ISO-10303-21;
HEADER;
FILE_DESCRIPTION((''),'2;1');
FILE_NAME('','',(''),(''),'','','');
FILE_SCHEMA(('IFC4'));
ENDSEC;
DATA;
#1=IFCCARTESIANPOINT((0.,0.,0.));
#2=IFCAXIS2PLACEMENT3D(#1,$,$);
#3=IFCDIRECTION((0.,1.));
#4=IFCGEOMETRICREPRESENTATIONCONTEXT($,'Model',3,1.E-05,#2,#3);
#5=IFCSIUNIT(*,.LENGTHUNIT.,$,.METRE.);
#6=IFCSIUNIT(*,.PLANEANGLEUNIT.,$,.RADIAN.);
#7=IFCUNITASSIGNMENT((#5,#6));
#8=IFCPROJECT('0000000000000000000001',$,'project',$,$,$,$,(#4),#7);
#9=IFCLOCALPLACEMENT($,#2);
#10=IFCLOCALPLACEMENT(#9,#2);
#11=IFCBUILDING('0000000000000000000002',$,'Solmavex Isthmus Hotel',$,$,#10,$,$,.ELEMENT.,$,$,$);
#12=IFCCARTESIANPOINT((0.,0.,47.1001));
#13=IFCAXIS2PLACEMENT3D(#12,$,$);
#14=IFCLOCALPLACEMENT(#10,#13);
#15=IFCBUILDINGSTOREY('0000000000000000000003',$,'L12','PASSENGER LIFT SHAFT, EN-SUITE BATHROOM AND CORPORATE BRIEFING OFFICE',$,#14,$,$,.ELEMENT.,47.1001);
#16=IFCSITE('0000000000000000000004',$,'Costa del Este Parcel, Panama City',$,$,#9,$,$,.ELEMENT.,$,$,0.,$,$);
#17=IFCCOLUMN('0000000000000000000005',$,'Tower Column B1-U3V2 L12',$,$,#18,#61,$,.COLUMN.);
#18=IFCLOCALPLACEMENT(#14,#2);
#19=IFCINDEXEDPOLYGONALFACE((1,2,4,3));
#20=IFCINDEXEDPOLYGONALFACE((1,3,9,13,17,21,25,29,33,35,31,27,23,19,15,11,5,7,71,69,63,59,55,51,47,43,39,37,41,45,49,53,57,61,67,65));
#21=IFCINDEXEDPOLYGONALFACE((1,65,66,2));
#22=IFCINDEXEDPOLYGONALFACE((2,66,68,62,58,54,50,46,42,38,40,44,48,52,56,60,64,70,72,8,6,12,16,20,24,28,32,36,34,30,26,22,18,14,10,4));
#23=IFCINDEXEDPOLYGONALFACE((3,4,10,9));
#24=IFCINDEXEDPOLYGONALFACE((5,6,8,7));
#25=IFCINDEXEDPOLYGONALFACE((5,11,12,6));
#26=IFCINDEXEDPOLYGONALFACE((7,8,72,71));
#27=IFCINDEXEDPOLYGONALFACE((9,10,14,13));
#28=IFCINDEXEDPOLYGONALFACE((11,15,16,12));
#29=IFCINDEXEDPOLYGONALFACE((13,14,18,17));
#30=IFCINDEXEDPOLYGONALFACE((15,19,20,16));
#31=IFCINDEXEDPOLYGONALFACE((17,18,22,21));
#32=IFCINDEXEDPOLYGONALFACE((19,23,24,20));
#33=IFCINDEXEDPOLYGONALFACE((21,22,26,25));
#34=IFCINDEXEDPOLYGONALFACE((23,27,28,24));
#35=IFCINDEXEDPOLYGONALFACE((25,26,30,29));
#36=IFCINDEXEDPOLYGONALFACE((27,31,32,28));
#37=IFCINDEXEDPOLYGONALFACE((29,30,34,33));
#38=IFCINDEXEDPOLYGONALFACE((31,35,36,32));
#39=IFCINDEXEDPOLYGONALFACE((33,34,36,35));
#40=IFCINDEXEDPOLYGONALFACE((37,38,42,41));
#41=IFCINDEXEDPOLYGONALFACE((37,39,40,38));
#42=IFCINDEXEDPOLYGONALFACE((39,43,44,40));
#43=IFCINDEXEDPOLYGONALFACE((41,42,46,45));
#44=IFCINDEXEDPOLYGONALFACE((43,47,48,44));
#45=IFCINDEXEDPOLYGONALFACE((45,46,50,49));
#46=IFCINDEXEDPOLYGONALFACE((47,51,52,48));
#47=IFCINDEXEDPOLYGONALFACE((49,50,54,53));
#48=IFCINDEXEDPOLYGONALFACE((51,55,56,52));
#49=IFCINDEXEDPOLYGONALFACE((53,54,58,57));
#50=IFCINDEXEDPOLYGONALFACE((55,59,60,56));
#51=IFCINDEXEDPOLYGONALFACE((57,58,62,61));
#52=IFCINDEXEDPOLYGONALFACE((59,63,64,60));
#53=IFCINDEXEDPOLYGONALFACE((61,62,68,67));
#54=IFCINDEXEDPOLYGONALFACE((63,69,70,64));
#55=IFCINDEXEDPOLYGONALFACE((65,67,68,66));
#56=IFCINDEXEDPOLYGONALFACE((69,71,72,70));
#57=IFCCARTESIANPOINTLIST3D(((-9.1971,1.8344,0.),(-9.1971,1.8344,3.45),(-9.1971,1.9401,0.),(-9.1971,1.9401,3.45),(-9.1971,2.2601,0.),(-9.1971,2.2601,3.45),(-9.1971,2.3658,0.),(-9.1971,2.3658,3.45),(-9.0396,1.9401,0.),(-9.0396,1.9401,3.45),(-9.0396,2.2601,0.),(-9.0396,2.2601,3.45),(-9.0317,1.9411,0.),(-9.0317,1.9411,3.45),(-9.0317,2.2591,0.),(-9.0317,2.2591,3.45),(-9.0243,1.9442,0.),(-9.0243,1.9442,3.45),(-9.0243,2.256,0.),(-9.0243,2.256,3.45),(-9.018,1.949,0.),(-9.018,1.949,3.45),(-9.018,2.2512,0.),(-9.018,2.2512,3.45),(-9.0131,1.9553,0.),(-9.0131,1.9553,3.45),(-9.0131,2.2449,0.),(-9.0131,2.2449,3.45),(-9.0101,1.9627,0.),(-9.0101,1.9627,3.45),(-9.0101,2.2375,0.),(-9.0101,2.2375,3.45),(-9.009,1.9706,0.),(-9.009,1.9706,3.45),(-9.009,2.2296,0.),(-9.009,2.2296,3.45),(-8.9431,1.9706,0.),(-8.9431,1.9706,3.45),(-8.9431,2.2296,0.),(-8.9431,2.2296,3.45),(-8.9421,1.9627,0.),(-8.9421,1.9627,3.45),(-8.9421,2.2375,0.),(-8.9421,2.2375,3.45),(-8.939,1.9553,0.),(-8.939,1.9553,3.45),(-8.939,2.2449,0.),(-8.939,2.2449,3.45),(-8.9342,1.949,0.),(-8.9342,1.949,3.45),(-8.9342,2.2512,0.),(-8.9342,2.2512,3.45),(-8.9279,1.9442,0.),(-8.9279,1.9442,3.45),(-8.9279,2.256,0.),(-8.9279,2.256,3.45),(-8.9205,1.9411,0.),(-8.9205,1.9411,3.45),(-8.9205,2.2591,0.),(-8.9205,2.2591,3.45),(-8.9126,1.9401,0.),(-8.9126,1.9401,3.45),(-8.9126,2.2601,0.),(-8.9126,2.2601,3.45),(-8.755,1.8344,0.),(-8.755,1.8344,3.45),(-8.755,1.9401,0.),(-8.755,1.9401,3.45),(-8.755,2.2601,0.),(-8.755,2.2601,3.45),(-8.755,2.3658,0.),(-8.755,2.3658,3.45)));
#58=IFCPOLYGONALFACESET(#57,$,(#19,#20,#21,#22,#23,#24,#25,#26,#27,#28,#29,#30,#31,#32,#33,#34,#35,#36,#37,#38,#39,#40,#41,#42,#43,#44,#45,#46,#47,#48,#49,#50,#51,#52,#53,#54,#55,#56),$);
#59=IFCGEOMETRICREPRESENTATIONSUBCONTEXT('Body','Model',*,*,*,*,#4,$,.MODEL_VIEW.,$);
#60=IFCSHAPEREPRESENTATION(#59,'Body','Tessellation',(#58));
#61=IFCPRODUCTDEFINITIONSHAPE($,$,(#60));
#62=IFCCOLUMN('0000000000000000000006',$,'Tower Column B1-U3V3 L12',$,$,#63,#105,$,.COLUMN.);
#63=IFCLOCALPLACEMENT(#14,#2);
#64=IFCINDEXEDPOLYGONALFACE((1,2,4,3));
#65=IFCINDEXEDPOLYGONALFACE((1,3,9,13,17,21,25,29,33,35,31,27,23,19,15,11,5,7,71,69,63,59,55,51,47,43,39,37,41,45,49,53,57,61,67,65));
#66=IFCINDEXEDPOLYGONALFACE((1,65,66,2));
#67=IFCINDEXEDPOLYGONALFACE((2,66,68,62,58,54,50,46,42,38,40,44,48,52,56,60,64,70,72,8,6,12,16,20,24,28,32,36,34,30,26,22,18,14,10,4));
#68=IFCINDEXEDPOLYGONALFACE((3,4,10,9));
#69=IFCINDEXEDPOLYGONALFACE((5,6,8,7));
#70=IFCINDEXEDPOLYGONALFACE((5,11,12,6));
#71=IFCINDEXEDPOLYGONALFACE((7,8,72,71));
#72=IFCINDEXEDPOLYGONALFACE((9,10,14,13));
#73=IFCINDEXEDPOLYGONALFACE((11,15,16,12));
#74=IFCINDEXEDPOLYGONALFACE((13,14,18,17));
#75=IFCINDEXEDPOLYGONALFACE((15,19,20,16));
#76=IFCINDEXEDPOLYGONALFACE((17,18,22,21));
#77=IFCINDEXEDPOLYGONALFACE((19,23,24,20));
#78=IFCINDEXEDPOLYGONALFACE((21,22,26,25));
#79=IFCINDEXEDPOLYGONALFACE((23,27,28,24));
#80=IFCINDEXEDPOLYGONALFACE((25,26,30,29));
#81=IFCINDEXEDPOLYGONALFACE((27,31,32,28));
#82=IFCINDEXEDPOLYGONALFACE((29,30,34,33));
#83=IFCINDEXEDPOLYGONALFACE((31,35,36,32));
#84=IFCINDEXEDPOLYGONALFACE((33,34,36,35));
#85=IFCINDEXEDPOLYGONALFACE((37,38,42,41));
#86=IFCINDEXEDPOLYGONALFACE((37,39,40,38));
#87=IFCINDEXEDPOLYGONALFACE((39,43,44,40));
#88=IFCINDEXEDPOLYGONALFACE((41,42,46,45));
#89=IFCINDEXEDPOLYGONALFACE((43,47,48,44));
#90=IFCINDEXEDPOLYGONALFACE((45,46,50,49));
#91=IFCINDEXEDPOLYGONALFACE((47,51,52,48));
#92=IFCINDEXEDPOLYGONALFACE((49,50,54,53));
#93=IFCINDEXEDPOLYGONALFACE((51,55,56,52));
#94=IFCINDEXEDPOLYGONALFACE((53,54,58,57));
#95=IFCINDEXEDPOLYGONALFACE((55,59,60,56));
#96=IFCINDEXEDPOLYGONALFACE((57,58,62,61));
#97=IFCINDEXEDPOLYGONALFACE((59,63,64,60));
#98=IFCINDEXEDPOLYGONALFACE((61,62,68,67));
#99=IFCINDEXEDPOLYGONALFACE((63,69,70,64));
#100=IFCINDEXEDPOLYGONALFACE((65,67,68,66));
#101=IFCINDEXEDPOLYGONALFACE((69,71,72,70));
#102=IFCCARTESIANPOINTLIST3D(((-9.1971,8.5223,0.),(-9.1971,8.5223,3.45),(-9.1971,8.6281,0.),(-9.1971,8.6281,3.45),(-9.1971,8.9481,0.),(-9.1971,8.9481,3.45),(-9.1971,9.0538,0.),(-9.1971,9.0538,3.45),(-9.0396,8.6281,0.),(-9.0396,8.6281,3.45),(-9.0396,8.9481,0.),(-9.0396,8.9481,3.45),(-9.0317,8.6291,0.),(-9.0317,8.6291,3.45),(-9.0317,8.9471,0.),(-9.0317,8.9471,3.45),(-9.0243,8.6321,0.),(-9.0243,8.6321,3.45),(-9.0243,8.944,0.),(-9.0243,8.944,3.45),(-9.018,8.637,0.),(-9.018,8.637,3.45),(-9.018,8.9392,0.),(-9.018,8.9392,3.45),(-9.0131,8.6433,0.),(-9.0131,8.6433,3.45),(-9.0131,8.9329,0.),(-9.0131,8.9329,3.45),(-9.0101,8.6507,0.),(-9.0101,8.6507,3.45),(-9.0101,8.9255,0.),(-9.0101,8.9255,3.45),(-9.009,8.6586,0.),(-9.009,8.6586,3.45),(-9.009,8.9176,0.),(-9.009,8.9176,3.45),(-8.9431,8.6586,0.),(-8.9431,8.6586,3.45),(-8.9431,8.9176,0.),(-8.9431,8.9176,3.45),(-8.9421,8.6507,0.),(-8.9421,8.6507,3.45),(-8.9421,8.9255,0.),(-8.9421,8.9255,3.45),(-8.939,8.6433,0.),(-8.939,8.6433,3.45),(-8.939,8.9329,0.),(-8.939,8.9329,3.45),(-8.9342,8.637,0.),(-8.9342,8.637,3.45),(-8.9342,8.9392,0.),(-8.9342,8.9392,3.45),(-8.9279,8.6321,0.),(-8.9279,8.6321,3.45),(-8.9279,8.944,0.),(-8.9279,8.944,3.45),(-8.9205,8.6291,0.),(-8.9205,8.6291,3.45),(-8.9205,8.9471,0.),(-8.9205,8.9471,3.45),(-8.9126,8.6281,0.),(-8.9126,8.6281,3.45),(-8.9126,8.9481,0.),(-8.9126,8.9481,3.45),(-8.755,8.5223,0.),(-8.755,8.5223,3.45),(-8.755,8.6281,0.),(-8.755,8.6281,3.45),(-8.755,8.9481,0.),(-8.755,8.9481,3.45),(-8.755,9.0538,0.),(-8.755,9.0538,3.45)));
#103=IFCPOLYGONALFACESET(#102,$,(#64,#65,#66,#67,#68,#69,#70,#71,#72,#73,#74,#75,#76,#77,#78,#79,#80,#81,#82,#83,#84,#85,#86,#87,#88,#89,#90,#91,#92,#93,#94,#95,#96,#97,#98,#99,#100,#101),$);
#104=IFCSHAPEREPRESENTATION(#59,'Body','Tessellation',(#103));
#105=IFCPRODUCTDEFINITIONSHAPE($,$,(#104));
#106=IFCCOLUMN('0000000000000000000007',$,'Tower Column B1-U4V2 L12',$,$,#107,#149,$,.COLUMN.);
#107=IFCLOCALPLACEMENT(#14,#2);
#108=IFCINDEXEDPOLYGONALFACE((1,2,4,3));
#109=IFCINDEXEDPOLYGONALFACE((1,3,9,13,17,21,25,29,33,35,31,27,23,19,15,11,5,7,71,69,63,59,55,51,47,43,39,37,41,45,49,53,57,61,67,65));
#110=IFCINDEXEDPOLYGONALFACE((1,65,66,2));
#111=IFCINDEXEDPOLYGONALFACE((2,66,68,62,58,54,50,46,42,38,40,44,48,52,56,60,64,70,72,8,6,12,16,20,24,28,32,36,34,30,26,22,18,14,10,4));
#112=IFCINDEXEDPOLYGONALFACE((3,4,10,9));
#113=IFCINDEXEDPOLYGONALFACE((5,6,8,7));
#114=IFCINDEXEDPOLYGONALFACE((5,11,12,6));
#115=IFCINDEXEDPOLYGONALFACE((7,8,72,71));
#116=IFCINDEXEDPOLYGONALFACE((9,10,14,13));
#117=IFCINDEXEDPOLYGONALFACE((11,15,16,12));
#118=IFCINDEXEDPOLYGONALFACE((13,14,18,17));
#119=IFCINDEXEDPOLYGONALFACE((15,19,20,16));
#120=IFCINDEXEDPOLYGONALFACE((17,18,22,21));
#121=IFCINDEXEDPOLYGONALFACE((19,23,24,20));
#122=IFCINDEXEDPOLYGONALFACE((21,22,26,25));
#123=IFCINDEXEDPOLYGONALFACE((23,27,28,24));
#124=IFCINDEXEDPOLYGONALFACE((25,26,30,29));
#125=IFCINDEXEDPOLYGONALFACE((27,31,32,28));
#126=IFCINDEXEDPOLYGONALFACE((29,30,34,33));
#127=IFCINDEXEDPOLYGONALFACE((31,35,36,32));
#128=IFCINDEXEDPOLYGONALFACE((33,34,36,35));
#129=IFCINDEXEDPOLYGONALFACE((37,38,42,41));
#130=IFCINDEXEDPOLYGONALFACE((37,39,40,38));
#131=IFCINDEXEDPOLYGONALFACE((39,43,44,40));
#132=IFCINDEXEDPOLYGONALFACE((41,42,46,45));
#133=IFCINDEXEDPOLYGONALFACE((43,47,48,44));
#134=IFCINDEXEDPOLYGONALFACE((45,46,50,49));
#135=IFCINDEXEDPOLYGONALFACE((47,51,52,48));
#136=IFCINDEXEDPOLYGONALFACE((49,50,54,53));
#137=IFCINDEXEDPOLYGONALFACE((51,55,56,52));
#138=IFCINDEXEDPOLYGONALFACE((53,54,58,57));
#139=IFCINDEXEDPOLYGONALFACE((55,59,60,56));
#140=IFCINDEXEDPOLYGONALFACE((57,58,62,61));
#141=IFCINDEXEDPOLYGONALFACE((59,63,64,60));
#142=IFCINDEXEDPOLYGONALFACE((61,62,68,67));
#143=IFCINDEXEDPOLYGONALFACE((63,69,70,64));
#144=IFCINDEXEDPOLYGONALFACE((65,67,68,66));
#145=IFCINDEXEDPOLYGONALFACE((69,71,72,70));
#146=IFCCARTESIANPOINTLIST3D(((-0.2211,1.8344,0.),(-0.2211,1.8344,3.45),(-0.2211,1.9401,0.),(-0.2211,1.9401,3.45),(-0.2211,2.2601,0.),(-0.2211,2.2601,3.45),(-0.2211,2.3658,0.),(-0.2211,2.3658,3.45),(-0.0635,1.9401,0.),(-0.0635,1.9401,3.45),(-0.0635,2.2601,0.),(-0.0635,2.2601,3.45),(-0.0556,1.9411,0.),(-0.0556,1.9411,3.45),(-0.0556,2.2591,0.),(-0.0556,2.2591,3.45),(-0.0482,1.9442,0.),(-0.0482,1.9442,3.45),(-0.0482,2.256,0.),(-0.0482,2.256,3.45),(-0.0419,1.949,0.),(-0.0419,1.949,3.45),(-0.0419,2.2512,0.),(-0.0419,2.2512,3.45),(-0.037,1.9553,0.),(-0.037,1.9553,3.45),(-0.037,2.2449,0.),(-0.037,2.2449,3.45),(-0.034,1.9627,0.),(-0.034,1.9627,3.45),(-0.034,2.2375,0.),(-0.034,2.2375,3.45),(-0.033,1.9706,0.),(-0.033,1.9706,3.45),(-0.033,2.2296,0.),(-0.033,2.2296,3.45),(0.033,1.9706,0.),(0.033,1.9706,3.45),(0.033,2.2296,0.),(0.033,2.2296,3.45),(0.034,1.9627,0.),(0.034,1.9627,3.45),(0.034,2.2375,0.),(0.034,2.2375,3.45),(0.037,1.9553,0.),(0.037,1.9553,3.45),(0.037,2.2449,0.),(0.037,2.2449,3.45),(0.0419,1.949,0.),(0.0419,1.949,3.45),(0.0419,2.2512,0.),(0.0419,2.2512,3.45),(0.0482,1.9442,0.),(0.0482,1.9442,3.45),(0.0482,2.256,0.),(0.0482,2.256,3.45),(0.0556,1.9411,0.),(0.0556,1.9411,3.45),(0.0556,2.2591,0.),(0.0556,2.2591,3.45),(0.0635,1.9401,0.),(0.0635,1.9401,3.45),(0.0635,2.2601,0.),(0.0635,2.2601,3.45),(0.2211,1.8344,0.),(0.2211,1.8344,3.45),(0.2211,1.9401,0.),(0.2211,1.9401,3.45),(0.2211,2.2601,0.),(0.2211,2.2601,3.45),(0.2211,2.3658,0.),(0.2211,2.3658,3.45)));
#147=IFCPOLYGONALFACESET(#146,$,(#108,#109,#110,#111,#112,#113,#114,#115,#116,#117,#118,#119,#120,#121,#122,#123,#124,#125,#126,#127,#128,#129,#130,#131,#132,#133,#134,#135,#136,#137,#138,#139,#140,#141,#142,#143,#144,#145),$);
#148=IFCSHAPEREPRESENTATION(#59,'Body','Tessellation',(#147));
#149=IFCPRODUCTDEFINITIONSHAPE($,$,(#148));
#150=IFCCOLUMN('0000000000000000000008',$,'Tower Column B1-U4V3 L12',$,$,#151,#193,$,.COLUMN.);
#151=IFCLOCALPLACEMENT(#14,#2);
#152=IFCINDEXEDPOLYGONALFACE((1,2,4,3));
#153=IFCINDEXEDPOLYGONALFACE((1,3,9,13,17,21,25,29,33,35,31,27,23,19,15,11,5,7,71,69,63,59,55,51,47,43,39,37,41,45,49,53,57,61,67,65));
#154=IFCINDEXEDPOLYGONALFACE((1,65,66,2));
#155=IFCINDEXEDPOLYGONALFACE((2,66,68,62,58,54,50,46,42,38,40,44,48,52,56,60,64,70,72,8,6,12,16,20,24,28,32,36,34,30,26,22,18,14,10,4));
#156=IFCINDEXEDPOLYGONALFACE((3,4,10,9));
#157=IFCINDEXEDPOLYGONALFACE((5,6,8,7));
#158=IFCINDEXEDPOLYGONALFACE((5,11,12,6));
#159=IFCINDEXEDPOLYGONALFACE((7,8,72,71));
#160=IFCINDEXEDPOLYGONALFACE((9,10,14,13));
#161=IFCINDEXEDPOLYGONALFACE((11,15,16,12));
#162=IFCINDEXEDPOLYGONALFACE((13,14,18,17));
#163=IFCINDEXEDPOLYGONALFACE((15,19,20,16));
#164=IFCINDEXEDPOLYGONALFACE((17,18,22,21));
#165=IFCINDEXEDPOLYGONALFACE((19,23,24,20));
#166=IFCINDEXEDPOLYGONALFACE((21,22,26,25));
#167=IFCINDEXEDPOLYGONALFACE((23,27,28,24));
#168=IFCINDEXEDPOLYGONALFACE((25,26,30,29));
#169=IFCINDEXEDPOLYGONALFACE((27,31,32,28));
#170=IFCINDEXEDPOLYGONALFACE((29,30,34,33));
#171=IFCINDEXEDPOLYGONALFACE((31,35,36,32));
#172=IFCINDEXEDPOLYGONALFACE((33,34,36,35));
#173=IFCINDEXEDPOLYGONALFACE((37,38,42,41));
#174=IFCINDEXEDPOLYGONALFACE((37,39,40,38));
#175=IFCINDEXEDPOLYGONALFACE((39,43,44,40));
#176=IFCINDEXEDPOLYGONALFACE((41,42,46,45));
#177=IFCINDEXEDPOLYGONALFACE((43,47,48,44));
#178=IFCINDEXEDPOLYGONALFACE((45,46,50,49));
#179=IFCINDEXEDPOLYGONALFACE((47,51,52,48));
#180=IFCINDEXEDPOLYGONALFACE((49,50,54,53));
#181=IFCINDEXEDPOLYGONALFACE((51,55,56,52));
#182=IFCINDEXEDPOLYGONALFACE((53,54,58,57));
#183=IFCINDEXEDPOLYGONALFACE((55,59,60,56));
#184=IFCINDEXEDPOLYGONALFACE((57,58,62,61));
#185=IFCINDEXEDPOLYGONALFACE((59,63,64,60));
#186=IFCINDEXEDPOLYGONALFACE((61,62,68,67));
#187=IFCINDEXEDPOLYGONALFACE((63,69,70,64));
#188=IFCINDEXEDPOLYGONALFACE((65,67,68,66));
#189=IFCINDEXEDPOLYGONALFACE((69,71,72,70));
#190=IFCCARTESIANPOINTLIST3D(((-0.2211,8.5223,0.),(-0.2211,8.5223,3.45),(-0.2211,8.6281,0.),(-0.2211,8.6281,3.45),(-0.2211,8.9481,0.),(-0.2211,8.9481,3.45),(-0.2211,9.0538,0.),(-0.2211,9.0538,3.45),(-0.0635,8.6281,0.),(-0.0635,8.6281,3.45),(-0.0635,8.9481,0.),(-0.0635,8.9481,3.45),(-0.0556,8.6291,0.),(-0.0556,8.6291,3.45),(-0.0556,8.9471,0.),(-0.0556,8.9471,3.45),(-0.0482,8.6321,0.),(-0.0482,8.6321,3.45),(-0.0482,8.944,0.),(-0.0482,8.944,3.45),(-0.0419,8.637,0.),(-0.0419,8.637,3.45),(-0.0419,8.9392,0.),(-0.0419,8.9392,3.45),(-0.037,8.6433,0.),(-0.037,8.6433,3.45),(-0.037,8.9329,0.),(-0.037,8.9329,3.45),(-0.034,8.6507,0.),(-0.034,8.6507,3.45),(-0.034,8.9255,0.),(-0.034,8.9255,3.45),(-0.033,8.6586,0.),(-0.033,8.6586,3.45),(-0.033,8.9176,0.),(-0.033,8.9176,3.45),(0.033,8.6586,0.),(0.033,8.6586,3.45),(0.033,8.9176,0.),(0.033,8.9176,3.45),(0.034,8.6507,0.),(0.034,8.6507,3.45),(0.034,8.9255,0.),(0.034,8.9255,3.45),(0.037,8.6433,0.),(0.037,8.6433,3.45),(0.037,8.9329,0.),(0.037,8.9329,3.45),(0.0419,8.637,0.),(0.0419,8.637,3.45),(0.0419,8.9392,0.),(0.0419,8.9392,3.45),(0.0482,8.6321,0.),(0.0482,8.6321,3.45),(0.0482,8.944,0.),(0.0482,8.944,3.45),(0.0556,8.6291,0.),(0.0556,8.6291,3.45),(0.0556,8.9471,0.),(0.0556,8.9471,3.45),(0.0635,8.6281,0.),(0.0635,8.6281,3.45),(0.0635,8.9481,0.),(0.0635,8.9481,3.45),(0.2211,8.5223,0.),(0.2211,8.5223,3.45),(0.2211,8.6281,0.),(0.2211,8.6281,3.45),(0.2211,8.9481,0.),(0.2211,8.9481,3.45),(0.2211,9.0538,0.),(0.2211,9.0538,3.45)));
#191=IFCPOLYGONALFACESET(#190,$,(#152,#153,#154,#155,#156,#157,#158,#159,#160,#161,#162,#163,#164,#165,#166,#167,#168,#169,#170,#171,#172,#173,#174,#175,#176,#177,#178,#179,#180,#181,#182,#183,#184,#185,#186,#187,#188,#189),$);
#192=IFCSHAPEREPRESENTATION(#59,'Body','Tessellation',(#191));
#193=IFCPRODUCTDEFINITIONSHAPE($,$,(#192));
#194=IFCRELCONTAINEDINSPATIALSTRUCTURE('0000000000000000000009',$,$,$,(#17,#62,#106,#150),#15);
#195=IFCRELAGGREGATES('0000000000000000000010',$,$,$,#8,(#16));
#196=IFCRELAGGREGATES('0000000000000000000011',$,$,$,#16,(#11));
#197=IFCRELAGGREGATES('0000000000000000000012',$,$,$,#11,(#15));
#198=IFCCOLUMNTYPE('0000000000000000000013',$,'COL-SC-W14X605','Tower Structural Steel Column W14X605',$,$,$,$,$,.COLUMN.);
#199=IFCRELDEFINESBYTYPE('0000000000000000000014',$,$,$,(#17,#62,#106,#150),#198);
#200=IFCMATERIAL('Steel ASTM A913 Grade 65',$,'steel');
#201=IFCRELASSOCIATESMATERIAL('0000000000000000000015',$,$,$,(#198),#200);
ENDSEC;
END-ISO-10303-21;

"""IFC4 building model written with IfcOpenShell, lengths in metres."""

from ifc_helpers import new_model, si_unit, direction, frame, origin, origin_2d, place, context, subcontext, project, spatial, i_section, extrude, material, material_profile, profile_set, type_object, element, save


model = new_model("IFC4")

# Units and contexts
model_context = context("Model", 3, precision=1e-05, world=origin(), true_north=direction((0.0, 1.0)))
body_context = subcontext(model_context, "Body", "Model", "MODEL_VIEW")
ifc_project = project(units=[si_unit("LENGTHUNIT", "METRE"), si_unit("PLANEANGLEUNIT", "RADIAN")], contexts=[model_context])

# Site, building, storey
site_placement = place(None, origin())
site = spatial("IfcSite", under=ifc_project, at=site_placement, Name="Costa del Este Parcel, Panama City", CompositionType="ELEMENT", RefElevation=0.0)
building_placement = place(site_placement, origin())
building = spatial("IfcBuilding", under=site, at=building_placement, Name="Solmavex Isthmus Hotel", CompositionType="ELEMENT")
storey_placement = place(building_placement, frame((0.0, 0.0, 47.1001)))
storey = spatial("IfcBuildingStorey", under=building, at=storey_placement, Name="L12", Description="PASSENGER LIFT SHAFT, EN-SUITE BATHROOM AND CORPORATE BRIEFING OFFICE", CompositionType="ELEMENT", Elevation=47.1001)

# Columns
ifc_material_1 = material(Name="Steel ASTM A913 Grade 65", Category="steel")
ifc_material_profile_1 = material_profile(ifc_material_1, i_section(OverallWidth=0.4421, OverallDepth=0.5315, WebThickness=0.0659, FlangeThickness=0.1057, FilletRadius=0.0305, at=origin_2d()), Name="W14X605")
ifc_profile_set_1 = profile_set([ifc_material_profile_1], Name="Steel ASTM A913 Grade 65")
column_type = type_object("IfcColumnType", Name="COL-SC-W14X605", Description="Tower Structural Steel Column W14X605", PredefinedType="COLUMN", material=ifc_profile_set_1)
for number, where, z_axis, x_axis, name in (
    (1, (-8.9761, 2.1001, 0.0), (0.0, 0.0, 1.0), (1.0, 0.0, 0.0), "Tower Column B1-U3V2 L12"),
    (2, (-8.9761, 8.7881, 0.0), (0.0, 0.0, 1.0), (1.0, 0.0, 0.0), "Tower Column B1-U3V3 L12"),
    (3, (0.0, 2.1001, 0.0), (0.0, 0.0, 1.0), (1.0, 0.0, 0.0), "Tower Column B1-U4V2 L12"),
    (4, (0.0, 8.7881, 0.0), (0.0, 0.0, 1.0), (1.0, 0.0, 0.0), "Tower Column B1-U4V3 L12"),
):
    element("IfcColumn", number, at=place(storey_placement, frame(where, z_axis=z_axis, x_axis=x_axis)), inside=storey, type_object=column_type, Name=name, PredefinedType="COLUMN", context=body_context, shape_type="SweptSolid", body=[
        extrude(i_section(OverallWidth=0.4421, OverallDepth=0.5315, WebThickness=0.0659, FlangeThickness=0.1057, FilletRadius=0.0305, at=origin_2d()), origin(), (0.0, 0.0, 1.0), 3.45),
    ])

save(model, "model.ifc")
